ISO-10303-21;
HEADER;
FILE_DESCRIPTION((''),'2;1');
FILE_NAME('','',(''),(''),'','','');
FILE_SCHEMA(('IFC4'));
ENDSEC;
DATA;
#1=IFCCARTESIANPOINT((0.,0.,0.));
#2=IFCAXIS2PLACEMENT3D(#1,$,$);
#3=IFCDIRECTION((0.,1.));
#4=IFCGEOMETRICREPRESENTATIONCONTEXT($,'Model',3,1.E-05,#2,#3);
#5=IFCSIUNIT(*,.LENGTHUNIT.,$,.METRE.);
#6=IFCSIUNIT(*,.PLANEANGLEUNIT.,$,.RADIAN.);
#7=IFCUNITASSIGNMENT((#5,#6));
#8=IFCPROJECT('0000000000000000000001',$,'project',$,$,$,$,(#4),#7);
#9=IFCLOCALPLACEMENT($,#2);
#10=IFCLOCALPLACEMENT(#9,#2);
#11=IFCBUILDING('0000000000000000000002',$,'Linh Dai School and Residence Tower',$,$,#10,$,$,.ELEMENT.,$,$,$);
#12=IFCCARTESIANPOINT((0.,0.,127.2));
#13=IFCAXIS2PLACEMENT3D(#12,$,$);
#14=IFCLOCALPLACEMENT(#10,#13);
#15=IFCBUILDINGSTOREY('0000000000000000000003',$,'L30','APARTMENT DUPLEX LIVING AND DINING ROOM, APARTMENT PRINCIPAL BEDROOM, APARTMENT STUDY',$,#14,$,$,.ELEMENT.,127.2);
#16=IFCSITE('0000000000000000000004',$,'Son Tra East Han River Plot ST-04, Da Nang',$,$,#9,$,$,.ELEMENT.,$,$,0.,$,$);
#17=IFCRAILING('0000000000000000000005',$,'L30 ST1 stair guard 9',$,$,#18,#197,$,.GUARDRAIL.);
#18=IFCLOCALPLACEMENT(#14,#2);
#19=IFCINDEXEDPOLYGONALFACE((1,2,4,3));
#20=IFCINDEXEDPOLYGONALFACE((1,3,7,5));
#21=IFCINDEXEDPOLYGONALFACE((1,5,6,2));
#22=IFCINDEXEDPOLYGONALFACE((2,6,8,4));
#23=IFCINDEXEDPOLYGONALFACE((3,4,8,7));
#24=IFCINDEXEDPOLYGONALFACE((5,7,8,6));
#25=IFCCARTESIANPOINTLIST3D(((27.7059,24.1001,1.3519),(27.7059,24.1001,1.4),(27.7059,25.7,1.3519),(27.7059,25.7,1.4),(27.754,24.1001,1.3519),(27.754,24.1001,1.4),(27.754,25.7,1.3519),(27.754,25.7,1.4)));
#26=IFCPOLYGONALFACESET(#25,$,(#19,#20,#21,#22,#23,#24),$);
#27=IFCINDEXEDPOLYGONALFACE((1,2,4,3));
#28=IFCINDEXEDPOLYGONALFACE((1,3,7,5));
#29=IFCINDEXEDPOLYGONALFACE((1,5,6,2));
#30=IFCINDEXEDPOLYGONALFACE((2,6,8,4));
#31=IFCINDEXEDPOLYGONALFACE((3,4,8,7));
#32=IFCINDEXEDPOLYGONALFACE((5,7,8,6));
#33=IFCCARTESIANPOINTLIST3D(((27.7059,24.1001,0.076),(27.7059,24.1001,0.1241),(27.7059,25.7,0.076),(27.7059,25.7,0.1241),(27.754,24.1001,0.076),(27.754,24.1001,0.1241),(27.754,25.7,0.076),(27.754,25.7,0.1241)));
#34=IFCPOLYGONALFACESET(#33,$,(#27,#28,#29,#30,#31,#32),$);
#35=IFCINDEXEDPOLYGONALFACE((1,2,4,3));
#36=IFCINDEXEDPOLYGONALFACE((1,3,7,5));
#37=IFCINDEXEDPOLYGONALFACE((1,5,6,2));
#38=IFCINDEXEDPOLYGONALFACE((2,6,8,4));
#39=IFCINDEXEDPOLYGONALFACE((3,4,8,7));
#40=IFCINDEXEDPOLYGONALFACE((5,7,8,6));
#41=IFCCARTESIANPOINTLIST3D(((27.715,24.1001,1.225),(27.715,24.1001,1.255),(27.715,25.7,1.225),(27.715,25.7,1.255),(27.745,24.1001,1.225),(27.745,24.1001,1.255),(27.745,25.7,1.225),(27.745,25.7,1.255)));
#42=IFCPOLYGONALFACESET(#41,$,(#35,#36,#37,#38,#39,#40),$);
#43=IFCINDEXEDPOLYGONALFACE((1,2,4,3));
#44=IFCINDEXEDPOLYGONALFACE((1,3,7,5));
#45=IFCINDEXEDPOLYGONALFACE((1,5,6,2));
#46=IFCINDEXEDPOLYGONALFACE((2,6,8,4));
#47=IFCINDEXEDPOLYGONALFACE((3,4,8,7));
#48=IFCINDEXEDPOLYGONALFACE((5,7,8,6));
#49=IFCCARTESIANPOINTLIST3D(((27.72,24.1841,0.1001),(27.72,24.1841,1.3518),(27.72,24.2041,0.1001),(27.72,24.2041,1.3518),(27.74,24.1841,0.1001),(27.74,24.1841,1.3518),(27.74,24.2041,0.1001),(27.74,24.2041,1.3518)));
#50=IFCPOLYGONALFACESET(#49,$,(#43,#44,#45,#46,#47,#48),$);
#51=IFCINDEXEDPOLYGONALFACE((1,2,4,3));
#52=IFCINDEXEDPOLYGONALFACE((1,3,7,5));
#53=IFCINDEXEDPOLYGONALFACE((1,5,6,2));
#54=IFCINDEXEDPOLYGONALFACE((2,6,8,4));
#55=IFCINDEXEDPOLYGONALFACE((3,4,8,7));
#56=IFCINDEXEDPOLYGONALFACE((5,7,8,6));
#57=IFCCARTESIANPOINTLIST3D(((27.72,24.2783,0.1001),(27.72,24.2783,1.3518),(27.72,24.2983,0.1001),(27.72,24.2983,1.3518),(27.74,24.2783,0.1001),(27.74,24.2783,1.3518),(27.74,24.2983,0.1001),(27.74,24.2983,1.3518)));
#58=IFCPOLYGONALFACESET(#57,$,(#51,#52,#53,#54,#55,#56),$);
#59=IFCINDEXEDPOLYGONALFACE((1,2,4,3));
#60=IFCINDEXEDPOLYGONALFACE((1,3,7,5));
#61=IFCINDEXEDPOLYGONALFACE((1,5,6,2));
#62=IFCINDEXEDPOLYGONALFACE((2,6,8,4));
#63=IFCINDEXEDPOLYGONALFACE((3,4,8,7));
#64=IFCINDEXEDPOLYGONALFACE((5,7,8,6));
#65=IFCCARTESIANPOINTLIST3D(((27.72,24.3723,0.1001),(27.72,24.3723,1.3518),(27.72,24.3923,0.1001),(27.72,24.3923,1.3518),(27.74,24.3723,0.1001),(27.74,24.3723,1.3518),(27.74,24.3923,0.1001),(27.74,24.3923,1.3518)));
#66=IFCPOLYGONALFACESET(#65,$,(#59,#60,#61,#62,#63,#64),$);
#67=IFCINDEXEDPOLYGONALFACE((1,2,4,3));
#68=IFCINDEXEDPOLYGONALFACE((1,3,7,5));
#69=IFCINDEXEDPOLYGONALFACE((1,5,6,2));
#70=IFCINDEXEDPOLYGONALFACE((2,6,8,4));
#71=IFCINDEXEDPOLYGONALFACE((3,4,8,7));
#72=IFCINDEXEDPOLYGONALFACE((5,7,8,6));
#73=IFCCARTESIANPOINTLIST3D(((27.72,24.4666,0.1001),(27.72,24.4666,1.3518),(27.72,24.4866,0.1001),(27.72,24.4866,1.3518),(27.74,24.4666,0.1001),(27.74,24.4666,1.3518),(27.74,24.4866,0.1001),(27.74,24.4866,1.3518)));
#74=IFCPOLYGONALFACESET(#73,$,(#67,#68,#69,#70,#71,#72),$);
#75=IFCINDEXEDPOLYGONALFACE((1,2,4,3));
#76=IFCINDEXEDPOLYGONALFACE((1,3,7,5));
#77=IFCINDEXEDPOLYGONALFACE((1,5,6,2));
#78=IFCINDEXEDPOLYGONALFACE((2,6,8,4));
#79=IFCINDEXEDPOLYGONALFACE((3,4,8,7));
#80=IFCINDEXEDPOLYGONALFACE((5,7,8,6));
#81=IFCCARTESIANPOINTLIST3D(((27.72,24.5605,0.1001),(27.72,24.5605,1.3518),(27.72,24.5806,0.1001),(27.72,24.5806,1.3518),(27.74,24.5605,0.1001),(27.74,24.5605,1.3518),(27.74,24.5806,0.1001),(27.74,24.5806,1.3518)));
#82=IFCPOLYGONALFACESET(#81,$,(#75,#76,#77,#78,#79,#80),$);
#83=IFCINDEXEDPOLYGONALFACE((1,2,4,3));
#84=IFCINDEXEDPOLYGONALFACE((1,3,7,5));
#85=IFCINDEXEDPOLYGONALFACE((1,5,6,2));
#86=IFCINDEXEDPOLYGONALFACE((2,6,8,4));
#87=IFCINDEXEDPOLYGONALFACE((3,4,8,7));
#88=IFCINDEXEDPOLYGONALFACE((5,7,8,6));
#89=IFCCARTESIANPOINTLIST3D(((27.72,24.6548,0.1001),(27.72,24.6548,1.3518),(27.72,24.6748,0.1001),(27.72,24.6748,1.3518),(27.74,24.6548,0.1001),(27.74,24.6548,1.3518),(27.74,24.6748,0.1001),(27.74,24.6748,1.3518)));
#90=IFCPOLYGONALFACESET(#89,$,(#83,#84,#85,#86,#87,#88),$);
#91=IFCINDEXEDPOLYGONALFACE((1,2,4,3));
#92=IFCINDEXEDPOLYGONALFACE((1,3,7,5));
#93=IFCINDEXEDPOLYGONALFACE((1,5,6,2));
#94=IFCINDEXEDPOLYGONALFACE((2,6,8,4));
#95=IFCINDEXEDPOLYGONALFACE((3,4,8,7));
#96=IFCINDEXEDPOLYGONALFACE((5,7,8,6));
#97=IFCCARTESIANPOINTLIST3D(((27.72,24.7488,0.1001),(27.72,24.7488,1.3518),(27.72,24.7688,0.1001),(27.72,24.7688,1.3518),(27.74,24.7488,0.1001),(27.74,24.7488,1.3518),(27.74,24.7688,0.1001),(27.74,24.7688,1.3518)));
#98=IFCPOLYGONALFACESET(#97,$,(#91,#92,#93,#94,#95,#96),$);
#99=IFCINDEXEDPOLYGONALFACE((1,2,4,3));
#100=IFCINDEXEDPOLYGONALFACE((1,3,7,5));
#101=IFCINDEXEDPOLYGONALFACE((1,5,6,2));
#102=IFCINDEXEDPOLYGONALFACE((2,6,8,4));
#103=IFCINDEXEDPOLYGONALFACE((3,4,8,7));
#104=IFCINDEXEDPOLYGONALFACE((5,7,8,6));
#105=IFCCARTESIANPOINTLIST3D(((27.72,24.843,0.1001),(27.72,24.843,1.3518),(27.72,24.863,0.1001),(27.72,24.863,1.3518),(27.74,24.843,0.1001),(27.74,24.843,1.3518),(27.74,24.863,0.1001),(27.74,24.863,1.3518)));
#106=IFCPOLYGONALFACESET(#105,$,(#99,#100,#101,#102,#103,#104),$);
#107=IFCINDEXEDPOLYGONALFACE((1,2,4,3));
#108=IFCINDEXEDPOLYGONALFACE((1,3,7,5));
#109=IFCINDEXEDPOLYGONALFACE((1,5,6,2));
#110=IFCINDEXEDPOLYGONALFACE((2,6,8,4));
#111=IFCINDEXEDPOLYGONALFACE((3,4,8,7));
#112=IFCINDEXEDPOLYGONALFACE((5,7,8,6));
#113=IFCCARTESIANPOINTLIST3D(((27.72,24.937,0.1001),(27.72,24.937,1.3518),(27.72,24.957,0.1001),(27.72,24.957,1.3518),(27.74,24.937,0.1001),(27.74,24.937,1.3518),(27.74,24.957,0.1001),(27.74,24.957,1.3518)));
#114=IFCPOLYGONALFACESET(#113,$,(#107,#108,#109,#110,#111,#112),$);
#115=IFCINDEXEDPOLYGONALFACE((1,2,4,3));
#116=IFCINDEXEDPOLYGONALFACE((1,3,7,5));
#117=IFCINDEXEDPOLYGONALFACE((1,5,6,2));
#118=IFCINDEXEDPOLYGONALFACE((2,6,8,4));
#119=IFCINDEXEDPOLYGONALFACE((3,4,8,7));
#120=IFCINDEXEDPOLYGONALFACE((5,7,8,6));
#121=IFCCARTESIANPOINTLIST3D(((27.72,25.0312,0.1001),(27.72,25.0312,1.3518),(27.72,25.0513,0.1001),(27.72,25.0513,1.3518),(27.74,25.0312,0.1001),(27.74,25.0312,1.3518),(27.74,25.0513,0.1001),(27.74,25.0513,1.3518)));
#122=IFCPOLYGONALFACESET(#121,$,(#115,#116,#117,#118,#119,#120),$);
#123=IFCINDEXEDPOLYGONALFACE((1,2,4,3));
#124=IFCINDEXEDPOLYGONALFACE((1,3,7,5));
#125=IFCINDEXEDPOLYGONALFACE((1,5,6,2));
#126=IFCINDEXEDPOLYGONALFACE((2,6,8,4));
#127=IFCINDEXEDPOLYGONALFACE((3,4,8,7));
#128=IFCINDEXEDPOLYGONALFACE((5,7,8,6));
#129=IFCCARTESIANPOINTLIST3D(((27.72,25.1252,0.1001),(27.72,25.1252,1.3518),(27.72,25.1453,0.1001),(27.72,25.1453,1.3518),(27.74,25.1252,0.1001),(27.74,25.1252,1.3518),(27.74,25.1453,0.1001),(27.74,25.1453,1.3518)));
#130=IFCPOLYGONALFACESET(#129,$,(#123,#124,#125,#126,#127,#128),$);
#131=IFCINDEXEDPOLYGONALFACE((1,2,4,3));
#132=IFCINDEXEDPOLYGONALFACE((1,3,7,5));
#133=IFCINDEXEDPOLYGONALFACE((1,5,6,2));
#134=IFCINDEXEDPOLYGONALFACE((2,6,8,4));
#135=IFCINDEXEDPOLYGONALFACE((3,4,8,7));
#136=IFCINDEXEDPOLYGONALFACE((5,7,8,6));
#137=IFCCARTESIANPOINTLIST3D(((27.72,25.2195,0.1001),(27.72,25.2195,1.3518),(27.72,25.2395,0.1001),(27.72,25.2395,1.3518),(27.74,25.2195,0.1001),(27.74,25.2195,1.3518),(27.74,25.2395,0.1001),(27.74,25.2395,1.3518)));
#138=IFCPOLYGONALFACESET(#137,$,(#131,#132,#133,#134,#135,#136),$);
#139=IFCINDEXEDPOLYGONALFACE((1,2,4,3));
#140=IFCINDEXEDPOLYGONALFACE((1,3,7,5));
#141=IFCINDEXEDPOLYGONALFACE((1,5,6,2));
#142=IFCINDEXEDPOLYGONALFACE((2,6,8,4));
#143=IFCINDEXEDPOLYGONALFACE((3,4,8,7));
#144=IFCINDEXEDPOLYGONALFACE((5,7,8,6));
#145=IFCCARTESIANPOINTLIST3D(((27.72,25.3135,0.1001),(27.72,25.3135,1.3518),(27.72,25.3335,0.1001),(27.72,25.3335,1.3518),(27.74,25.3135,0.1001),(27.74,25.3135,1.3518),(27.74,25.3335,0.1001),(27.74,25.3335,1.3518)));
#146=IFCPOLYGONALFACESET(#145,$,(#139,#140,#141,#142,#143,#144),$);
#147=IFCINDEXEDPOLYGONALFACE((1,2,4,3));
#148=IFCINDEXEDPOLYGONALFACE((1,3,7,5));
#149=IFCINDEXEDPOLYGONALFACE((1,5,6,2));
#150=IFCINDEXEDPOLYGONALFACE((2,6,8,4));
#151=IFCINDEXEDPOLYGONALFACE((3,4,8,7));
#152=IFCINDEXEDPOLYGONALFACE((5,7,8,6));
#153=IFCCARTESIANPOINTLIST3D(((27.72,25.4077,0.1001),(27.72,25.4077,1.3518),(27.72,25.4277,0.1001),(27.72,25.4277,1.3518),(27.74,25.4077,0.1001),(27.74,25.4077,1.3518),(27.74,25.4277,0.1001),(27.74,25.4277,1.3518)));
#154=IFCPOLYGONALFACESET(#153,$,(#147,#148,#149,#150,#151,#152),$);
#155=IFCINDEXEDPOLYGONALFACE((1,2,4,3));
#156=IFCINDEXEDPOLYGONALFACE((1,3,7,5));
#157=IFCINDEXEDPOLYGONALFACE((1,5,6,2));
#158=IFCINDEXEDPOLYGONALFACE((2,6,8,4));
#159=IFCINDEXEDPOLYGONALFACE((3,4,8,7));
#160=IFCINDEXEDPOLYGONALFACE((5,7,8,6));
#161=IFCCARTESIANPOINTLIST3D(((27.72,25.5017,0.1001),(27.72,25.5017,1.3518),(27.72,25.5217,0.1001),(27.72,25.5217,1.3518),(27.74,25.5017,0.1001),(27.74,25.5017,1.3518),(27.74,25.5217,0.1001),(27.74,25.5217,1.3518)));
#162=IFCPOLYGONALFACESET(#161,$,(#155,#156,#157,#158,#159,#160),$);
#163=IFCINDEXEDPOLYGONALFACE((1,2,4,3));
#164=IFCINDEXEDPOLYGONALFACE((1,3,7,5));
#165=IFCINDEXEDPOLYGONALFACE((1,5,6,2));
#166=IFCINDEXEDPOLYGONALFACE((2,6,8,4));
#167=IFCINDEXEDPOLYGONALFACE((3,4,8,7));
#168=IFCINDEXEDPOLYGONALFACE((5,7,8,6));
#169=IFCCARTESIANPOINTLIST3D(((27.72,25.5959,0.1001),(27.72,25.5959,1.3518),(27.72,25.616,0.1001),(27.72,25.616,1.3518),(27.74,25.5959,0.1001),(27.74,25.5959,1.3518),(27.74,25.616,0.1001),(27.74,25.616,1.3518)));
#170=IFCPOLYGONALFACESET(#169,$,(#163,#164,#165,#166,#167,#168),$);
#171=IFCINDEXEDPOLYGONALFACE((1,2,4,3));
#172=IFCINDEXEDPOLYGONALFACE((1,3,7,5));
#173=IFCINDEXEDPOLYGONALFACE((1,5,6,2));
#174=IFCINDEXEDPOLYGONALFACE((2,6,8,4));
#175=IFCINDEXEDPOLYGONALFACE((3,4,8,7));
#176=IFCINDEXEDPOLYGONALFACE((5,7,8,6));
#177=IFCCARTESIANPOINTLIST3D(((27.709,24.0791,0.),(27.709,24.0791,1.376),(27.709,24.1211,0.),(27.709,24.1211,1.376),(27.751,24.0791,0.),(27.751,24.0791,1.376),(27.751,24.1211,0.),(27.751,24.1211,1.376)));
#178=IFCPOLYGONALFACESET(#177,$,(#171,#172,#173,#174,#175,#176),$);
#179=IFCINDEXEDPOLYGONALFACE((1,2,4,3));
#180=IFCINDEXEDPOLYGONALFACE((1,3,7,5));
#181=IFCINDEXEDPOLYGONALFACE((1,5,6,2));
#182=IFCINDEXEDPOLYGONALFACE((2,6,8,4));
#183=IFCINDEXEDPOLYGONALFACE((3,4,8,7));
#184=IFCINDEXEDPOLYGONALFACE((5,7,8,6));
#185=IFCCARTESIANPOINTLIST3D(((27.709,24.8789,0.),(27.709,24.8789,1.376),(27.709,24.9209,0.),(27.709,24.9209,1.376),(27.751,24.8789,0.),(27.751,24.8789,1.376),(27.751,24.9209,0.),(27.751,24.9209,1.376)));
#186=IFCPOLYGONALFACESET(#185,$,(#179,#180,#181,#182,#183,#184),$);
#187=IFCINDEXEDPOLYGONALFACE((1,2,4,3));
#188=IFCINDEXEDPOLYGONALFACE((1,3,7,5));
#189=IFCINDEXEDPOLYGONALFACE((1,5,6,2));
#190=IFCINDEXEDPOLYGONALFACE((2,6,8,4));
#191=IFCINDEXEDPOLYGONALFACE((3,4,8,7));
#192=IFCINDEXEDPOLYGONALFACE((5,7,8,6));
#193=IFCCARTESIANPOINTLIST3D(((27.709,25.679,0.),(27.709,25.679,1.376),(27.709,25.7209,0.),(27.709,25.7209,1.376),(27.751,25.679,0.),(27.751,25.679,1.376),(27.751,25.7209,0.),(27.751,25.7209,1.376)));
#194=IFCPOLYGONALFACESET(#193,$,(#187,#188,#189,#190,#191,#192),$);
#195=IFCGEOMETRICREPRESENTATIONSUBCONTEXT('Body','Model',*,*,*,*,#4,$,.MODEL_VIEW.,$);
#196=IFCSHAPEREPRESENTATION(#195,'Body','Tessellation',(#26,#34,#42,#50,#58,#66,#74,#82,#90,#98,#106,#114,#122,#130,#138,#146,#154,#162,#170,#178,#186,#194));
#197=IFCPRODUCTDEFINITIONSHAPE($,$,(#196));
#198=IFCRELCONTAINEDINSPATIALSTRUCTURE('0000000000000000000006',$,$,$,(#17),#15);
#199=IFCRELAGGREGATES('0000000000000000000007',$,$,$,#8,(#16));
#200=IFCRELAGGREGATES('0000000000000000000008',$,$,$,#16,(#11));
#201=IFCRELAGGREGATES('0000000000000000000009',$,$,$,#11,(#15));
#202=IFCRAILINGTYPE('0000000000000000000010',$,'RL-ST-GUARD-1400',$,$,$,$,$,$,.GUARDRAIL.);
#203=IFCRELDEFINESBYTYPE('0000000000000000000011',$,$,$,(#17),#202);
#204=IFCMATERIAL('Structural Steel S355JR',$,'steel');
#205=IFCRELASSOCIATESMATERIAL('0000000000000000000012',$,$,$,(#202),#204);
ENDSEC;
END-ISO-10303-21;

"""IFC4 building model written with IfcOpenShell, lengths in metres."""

from ifc_helpers import new_model, si_unit, direction, frame, origin, origin_2d, place, context, subcontext, project, spatial, rectangle, extrude, source, transform, mapped, material, type_object, element, save


model = new_model("IFC4")

# Units and contexts
model_context = context("Model", 3, precision=1e-05, world=origin(), true_north=direction((0.0, 1.0)))
body_context = subcontext(model_context, "Body", "Model", "MODEL_VIEW")
ifc_project = project(units=[si_unit("LENGTHUNIT", "METRE"), si_unit("PLANEANGLEUNIT", "RADIAN")], contexts=[model_context])

# Site, building, storey
site_placement = place(None, origin())
site = spatial("IfcSite", under=ifc_project, at=site_placement, Name="Son Tra East Han River Plot ST-04, Da Nang", CompositionType="ELEMENT", RefElevation=0.0)
building_placement = place(site_placement, origin())
building = spatial("IfcBuilding", under=site, at=building_placement, Name="Linh Dai School and Residence Tower", CompositionType="ELEMENT")
storey_placement = place(building_placement, frame((0.0, 0.0, 127.2)))
storey = spatial("IfcBuildingStorey", under=building, at=storey_placement, Name="L30", Description="APARTMENT DUPLEX LIVING AND DINING ROOM, APARTMENT PRINCIPAL BEDROOM, APARTMENT STUDY", CompositionType="ELEMENT", Elevation=127.2)

# Shared definitions
ifc_material_1 = material(Name="Structural Steel S355JR", Category="steel")

# Railing
railing_type_1 = type_object("IfcRailingType", Name="RL-ST-GUARD-1400", PredefinedType="GUARDRAIL", material=ifc_material_1)
shared_shape_1 = source(origin(), body_context, "Body", "SweptSolid", [
    extrude(rectangle(XDim=0.0481, YDim=0.0481, at=origin_2d()), frame((0.0, 0.0, 1.376), z_axis=(0.0, 1.0, 0.0), x_axis=(-1.0, 0.0, 0.0)), (0.0, 0.0, 1.0), 1.5999),
    extrude(rectangle(XDim=0.0481, YDim=0.0481, at=origin_2d()), frame((0.0, 0.0, 0.1001), z_axis=(0.0, 1.0, 0.0), x_axis=(-1.0, 0.0, 0.0)), (0.0, 0.0, 1.0), 1.5999),
    extrude(rectangle(XDim=0.03, YDim=0.03, at=origin_2d()), frame((0.0, 0.0, 1.24), z_axis=(0.0, 1.0, 0.0), x_axis=(-1.0, 0.0, 0.0)), (0.0, 0.0, 1.0), 1.5999),
    extrude(rectangle(XDim=0.02, YDim=0.02, at=origin_2d()), frame((0.0, 0.094, 0.1001)), (0.0, 0.0, 1.0), 1.2517),
    extrude(rectangle(XDim=0.02, YDim=0.02, at=origin_2d()), frame((0.0, 0.1882, 0.1001)), (0.0, 0.0, 1.0), 1.2517),
    extrude(rectangle(XDim=0.02, YDim=0.02, at=origin_2d()), frame((0.0, 0.2822, 0.1001)), (0.0, 0.0, 1.0), 1.2517),
    extrude(rectangle(XDim=0.02, YDim=0.02, at=origin_2d()), frame((0.0, 0.3765, 0.1001)), (0.0, 0.0, 1.0), 1.2517),
    extrude(rectangle(XDim=0.02, YDim=0.02, at=origin_2d()), frame((0.0, 0.4705, 0.1001)), (0.0, 0.0, 1.0), 1.2517),
    extrude(rectangle(XDim=0.02, YDim=0.02, at=origin_2d()), frame((0.0, 0.5647, 0.1001)), (0.0, 0.0, 1.0), 1.2517),
    extrude(rectangle(XDim=0.02, YDim=0.02, at=origin_2d()), frame((0.0, 0.6587, 0.1001)), (0.0, 0.0, 1.0), 1.2517),
    extrude(rectangle(XDim=0.02, YDim=0.02, at=origin_2d()), frame((0.0, 0.7529, 0.1001)), (0.0, 0.0, 1.0), 1.2517),
    extrude(rectangle(XDim=0.02, YDim=0.02, at=origin_2d()), frame((0.0, 0.8469, 0.1001)), (0.0, 0.0, 1.0), 1.2517),
    extrude(rectangle(XDim=0.02, YDim=0.02, at=origin_2d()), frame((0.0, 0.9412, 0.1001)), (0.0, 0.0, 1.0), 1.2517),
    extrude(rectangle(XDim=0.02, YDim=0.02, at=origin_2d()), frame((0.0, 1.0352, 0.1001)), (0.0, 0.0, 1.0), 1.2517),
    extrude(rectangle(XDim=0.02, YDim=0.02, at=origin_2d()), frame((0.0, 1.1294, 0.1001)), (0.0, 0.0, 1.0), 1.2517),
    extrude(rectangle(XDim=0.02, YDim=0.02, at=origin_2d()), frame((0.0, 1.2234, 0.1001)), (0.0, 0.0, 1.0), 1.2517),
    extrude(rectangle(XDim=0.02, YDim=0.02, at=origin_2d()), frame((0.0, 1.3176, 0.1001)), (0.0, 0.0, 1.0), 1.2517),
    extrude(rectangle(XDim=0.02, YDim=0.02, at=origin_2d()), frame((0.0, 1.4116, 0.1001)), (0.0, 0.0, 1.0), 1.2517),
    extrude(rectangle(XDim=0.02, YDim=0.02, at=origin_2d()), frame((0.0, 1.5059, 0.1001)), (0.0, 0.0, 1.0), 1.2517),
    extrude(rectangle(XDim=0.042, YDim=0.042, at=origin_2d()), origin(), (0.0, 0.0, 1.0), 1.376),
    extrude(rectangle(XDim=0.042, YDim=0.042, at=origin_2d()), frame((0.0, 0.7998, 0.0)), (0.0, 0.0, 1.0), 1.376),
    extrude(rectangle(XDim=0.042, YDim=0.042, at=origin_2d()), frame((0.0, 1.5999, 0.0)), (0.0, 0.0, 1.0), 1.376),
])
for number, where, name in (
    (1, (27.73, 24.1001, 0.0), "L30 ST1 stair guard 9"),
):
    element("IfcRailing", number, at=place(storey_placement, frame(where)), inside=storey, type_object=railing_type_1, Name=name, PredefinedType="GUARDRAIL", context=body_context, shape_type="MappedRepresentation", body=[
        mapped(shared_shape_1, transform((0.0, 0.0, 0.0), x_axis=(1.0, 0.0, 0.0), y_axis=(0.0, 1.0, 0.0), z_axis=(0.0, 0.0, 1.0), scale=1.0)),
    ])

save(model, "model.ifc")
